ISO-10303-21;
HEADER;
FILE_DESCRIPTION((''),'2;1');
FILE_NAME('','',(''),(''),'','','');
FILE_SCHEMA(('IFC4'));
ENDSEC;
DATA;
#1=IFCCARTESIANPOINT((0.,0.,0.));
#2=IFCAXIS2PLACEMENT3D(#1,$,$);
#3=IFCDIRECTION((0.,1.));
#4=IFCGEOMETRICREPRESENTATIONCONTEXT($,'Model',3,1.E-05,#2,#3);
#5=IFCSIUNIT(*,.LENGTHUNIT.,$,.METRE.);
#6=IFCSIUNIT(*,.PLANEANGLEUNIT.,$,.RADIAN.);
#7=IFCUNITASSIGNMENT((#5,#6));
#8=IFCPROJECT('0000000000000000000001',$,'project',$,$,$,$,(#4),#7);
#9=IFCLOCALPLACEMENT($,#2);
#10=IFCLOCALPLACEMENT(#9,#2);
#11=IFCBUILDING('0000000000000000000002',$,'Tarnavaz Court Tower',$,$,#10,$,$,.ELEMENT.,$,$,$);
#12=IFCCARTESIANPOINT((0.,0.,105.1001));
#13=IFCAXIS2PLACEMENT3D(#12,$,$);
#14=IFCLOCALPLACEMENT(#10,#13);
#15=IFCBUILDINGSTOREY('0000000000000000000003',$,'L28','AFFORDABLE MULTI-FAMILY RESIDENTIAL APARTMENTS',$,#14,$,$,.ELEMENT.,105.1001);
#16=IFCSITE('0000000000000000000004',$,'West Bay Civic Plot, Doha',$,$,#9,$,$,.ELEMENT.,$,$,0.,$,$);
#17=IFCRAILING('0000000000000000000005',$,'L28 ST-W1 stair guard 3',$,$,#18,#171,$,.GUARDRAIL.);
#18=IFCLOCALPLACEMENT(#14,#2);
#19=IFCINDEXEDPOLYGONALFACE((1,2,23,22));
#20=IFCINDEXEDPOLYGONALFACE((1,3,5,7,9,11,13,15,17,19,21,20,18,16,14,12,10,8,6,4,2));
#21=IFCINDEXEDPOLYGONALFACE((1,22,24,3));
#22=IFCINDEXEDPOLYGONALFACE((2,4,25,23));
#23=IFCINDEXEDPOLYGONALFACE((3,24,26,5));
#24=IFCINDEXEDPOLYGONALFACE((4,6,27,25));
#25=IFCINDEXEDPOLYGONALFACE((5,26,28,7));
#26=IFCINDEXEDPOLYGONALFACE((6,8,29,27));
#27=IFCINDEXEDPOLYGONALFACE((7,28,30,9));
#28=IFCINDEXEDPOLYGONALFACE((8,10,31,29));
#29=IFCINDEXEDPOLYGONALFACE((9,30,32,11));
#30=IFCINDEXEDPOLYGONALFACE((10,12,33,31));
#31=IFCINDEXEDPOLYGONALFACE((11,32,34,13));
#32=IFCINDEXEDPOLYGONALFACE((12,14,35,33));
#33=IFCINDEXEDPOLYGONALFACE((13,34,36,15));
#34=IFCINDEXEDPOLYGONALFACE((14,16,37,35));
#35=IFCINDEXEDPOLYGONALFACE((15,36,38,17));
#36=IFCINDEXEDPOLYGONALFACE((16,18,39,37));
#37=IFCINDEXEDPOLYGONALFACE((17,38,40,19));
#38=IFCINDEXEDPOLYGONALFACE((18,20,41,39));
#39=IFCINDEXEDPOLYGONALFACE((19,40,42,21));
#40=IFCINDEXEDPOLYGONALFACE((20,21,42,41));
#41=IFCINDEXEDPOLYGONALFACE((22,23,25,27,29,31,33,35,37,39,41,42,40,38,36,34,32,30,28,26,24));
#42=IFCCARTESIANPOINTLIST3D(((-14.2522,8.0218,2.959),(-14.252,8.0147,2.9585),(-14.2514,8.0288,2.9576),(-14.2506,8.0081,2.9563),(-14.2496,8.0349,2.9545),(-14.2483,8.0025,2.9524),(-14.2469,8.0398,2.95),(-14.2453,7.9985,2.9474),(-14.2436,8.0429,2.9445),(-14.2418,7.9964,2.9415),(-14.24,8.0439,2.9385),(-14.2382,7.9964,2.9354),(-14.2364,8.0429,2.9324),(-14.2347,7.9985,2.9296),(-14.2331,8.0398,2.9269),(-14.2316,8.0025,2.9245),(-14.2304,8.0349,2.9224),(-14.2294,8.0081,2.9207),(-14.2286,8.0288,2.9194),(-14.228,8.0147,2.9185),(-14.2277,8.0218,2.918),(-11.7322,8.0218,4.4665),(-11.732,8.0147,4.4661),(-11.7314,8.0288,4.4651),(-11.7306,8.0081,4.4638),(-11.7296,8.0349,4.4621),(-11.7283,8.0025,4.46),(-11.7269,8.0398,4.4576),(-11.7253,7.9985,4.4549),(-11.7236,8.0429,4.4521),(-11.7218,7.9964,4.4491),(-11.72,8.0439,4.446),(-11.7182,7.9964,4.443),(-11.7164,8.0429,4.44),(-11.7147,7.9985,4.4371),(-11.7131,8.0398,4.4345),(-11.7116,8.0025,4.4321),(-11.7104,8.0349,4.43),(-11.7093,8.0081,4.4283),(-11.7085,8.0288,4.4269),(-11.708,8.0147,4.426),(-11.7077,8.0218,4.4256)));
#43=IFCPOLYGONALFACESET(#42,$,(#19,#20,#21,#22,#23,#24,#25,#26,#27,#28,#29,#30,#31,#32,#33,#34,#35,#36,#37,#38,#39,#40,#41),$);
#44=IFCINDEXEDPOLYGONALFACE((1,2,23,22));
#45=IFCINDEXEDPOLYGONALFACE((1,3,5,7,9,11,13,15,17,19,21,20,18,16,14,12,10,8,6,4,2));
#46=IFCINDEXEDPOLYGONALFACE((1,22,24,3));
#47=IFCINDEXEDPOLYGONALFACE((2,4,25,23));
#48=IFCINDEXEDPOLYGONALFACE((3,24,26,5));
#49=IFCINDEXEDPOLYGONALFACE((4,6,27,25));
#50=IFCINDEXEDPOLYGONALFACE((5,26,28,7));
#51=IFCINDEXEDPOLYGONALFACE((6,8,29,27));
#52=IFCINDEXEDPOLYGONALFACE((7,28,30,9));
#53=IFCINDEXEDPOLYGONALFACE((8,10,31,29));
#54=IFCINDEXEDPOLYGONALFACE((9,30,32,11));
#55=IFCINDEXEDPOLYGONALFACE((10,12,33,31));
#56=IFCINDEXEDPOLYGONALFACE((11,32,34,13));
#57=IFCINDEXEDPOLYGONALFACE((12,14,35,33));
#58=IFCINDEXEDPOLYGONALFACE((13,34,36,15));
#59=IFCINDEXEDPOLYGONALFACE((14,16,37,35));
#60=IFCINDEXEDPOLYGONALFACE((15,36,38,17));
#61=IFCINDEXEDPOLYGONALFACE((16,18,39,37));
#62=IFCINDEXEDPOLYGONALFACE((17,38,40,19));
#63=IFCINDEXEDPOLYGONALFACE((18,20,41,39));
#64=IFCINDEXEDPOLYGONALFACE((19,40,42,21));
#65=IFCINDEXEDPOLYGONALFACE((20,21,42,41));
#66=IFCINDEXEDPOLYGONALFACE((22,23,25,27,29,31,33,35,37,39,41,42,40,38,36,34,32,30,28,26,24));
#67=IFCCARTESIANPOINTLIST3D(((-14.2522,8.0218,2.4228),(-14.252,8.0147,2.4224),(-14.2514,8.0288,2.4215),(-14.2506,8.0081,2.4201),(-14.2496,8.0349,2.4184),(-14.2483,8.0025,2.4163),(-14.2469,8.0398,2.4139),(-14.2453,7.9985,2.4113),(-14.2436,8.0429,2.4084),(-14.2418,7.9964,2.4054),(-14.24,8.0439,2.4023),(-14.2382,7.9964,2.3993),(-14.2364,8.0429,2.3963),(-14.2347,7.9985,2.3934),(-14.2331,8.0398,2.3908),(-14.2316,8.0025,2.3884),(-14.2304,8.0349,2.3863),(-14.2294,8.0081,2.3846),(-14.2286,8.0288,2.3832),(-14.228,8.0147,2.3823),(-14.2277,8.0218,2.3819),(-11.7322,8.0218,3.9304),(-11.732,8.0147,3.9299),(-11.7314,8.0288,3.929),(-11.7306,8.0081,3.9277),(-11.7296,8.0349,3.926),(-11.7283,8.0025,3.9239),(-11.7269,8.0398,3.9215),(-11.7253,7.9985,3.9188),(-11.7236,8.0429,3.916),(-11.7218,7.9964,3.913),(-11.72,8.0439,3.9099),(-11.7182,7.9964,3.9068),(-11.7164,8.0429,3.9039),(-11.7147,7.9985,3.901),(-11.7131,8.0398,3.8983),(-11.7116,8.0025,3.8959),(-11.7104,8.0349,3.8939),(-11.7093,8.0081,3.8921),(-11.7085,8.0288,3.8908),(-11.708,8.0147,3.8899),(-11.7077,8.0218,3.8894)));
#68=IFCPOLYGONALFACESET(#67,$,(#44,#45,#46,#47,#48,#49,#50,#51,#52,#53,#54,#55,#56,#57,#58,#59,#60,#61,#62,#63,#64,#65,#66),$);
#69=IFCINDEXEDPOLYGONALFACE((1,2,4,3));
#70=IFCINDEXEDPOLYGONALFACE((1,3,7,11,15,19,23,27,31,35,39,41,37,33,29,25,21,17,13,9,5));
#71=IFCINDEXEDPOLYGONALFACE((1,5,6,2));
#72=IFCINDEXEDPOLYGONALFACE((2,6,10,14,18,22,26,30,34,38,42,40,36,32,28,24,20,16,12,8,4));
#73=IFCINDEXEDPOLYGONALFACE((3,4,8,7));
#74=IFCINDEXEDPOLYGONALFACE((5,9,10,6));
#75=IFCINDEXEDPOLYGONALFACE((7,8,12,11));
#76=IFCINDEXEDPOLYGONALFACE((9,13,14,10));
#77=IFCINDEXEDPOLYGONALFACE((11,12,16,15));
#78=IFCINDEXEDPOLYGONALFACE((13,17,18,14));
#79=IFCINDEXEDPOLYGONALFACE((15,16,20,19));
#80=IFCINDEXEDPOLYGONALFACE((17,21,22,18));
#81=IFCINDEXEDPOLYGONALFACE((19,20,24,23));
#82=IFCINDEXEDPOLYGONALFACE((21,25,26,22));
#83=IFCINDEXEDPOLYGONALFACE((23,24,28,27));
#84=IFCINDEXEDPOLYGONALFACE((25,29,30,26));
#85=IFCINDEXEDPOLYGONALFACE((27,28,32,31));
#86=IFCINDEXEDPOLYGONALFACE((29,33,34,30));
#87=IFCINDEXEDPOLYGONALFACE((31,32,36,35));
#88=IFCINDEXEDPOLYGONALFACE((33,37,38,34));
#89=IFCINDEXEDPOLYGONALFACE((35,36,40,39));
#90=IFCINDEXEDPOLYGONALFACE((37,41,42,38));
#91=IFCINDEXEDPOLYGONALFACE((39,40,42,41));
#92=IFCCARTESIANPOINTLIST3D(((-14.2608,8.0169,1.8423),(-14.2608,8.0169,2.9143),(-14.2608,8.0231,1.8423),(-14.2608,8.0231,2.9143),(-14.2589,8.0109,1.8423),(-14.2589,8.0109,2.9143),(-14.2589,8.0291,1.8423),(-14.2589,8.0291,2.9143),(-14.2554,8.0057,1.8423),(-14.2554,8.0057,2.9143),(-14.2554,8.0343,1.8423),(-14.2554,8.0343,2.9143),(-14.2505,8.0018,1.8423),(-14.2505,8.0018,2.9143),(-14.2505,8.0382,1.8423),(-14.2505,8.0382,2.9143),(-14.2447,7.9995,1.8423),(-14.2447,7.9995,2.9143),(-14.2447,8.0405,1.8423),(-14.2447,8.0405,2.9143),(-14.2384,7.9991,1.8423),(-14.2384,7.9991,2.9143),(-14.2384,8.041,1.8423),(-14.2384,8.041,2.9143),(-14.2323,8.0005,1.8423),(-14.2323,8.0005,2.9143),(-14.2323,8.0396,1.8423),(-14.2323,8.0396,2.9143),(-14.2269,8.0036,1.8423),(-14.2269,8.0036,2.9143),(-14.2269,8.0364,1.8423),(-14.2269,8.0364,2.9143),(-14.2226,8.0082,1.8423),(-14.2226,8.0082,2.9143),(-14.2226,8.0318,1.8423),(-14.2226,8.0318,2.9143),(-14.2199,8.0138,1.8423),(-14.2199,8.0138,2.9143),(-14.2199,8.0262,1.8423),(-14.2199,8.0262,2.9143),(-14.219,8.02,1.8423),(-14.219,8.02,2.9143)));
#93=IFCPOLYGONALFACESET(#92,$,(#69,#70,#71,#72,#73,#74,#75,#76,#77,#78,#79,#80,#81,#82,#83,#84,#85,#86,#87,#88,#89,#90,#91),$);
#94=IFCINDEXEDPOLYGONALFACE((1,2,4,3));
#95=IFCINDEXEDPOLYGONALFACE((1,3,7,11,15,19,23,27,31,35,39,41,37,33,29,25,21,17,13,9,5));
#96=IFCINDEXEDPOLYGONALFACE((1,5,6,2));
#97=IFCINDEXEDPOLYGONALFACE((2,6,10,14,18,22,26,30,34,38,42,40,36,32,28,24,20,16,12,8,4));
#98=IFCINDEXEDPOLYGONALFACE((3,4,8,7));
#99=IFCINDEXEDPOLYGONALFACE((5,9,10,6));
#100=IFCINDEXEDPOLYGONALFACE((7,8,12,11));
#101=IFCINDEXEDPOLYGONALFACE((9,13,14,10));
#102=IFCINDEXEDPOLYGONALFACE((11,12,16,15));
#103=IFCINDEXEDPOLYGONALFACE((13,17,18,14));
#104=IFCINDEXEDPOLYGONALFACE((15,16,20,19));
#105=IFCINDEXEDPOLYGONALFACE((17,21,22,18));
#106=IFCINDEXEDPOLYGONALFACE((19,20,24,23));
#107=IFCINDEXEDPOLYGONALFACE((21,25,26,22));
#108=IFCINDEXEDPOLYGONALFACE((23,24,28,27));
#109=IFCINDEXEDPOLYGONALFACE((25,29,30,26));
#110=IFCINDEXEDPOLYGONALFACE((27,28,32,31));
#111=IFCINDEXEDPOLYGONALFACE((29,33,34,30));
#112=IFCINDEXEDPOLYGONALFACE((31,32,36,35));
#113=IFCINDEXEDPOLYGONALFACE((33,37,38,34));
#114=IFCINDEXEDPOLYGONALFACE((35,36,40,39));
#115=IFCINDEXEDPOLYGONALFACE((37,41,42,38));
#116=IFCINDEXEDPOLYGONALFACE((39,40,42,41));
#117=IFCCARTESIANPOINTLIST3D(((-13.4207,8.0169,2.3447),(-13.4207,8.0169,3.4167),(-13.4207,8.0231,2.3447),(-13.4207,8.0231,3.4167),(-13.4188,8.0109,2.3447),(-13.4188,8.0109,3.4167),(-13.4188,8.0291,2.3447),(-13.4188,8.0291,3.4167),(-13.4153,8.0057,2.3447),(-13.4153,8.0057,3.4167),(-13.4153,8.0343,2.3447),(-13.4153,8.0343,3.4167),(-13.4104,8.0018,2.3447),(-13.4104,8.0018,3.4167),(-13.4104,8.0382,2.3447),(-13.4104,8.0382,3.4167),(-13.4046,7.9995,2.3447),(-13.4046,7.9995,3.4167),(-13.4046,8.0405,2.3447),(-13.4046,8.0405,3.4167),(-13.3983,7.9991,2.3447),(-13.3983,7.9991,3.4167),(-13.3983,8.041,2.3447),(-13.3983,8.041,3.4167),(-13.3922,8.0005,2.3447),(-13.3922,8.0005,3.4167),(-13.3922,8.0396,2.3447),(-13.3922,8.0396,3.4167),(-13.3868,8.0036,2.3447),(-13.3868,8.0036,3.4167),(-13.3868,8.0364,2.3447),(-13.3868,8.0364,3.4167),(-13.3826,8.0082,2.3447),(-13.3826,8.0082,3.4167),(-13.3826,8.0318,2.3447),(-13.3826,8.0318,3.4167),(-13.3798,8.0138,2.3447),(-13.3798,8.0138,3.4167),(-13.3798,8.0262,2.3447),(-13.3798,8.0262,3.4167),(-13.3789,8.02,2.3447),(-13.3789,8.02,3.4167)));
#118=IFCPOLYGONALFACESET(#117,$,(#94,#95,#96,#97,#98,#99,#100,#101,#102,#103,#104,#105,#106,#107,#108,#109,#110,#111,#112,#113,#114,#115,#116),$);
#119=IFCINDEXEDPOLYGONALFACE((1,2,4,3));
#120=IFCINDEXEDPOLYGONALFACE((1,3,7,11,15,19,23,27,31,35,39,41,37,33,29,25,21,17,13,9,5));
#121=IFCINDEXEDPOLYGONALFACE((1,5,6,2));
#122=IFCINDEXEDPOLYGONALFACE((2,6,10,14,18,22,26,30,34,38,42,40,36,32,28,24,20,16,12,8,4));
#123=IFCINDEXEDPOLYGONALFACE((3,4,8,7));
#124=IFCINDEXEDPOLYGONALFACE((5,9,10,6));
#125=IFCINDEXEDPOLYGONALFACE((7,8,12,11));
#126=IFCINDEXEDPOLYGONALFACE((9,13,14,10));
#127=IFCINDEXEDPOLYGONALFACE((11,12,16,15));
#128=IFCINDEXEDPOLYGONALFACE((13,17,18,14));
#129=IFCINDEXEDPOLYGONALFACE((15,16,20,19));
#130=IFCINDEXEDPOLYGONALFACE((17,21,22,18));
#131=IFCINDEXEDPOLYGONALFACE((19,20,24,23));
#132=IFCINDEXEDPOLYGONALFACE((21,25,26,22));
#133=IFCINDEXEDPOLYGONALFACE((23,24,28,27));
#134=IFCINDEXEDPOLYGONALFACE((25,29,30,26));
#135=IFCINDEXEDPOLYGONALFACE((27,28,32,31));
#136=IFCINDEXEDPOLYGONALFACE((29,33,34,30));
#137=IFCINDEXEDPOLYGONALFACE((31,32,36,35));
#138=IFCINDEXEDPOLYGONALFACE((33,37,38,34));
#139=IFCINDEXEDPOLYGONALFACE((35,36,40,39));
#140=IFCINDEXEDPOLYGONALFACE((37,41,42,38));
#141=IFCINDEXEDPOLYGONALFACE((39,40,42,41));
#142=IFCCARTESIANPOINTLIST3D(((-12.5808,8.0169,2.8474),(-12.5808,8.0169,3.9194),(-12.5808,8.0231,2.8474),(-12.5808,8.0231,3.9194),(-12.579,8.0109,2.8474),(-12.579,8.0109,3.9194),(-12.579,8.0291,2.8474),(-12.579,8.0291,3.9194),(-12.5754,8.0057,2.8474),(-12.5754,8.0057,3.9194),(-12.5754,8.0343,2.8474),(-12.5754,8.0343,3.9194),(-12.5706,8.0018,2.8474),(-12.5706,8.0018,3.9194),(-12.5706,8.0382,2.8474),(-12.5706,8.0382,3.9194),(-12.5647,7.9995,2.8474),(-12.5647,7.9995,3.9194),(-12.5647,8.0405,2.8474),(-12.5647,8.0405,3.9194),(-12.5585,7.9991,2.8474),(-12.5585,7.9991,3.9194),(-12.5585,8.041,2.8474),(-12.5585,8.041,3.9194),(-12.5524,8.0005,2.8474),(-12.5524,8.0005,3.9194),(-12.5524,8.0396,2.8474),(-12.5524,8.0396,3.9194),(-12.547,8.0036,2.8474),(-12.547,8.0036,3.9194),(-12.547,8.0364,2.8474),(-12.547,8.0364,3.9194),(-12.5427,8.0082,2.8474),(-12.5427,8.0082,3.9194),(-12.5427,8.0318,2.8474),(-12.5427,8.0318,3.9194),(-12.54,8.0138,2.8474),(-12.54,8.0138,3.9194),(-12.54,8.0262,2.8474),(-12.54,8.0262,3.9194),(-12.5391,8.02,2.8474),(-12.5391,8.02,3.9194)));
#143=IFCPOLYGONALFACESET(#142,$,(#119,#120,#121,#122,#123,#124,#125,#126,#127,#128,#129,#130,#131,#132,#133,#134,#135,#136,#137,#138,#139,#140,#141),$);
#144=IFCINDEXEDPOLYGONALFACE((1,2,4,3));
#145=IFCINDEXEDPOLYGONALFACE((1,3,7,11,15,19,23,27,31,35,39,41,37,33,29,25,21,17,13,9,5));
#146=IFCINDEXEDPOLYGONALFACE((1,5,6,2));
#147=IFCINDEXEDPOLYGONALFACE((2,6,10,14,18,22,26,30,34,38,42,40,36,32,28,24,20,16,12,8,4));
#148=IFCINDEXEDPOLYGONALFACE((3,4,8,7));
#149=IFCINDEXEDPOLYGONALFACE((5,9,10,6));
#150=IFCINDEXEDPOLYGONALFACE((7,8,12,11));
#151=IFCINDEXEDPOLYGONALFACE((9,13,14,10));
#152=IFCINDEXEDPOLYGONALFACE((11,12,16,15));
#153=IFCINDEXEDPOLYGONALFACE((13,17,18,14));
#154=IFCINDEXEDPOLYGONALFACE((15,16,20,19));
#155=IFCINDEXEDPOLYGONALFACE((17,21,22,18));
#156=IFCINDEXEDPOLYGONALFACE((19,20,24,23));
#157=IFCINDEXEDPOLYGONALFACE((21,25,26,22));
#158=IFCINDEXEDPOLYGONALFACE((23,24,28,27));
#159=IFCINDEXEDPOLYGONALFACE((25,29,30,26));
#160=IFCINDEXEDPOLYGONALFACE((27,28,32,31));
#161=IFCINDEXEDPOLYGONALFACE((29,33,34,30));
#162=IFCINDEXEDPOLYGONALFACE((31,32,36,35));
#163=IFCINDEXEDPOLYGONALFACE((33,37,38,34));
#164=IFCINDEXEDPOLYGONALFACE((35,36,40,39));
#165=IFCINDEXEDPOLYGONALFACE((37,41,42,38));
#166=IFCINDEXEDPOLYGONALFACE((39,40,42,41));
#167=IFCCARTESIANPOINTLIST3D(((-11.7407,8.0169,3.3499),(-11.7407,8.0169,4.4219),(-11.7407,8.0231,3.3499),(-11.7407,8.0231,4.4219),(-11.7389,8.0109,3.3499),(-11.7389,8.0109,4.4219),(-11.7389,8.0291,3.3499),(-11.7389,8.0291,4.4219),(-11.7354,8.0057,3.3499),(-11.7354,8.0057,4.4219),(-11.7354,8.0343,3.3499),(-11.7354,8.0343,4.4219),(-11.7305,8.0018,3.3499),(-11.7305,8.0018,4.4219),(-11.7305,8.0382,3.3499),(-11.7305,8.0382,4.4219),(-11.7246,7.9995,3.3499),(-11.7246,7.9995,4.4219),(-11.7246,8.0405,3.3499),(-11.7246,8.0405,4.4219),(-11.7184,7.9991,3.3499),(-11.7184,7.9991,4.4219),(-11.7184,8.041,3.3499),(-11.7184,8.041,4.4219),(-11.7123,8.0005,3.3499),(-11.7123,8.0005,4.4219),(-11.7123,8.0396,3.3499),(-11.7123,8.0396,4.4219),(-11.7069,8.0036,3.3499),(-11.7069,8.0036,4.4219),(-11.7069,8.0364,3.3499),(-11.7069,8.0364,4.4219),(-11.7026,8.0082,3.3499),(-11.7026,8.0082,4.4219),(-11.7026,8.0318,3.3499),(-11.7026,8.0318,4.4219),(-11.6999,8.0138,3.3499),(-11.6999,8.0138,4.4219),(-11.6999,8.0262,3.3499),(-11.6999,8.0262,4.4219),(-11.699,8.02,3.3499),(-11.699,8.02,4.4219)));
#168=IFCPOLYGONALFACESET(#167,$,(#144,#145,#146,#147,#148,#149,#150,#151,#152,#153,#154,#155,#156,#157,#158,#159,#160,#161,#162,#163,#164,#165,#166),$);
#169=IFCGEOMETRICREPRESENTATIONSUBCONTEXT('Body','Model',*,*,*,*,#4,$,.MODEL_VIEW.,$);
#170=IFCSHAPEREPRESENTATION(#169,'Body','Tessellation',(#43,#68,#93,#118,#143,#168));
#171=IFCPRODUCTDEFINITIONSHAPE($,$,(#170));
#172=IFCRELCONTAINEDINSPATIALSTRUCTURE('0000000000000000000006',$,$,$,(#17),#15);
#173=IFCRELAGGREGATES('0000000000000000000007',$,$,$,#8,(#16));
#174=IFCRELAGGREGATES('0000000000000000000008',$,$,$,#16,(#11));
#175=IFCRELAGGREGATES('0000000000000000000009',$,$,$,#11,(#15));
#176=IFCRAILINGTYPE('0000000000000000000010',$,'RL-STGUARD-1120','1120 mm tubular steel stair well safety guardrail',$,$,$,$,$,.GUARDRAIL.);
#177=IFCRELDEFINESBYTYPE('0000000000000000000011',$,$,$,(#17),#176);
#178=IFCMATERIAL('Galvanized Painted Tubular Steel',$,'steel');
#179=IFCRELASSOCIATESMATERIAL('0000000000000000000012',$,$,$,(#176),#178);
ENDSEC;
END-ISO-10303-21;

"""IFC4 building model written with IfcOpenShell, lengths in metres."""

from ifc_helpers import new_model, si_unit, direction, frame, origin, origin_2d, place, context, subcontext, project, spatial, circle, extrude, material, type_object, element, save


model = new_model("IFC4")

# Units and contexts
model_context = context("Model", 3, precision=1e-05, world=origin(), true_north=direction((0.0, 1.0)))
body_context = subcontext(model_context, "Body", "Model", "MODEL_VIEW")
ifc_project = project(units=[si_unit("LENGTHUNIT", "METRE"), si_unit("PLANEANGLEUNIT", "RADIAN")], contexts=[model_context])

# Site, building, storey
site_placement = place(None, origin())
site = spatial("IfcSite", under=ifc_project, at=site_placement, Name="West Bay Civic Plot, Doha", CompositionType="ELEMENT", RefElevation=0.0)
building_placement = place(site_placement, origin())
building = spatial("IfcBuilding", under=site, at=building_placement, Name="Tarnavaz Court Tower", CompositionType="ELEMENT")
storey_placement = place(building_placement, frame((0.0, 0.0, 105.1001)))
storey = spatial("IfcBuildingStorey", under=building, at=storey_placement, Name="L28", Description="AFFORDABLE MULTI-FAMILY RESIDENTIAL APARTMENTS", CompositionType="ELEMENT", Elevation=105.1001)

# Railing
ifc_material_1 = material(Name="Galvanized Painted Tubular Steel", Category="steel")
railing_type_1 = type_object("IfcRailingType", Name="RL-STGUARD-1120", Description="1120 mm tubular steel stair well safety guardrail", PredefinedType="GUARDRAIL", material=ifc_material_1)
railing_1_placement = place(storey_placement, frame((-14.24, 8.02, 1.8423)))
element("IfcRailing", 1, at=railing_1_placement, inside=storey, type_object=railing_type_1, Name="L28 ST-W1 stair guard 3", PredefinedType="GUARDRAIL", context=body_context, shape_type="SweptSolid", body=[
    extrude(circle(Radius=0.0239, at=origin_2d()), frame((0.0, 0.0, 1.0962), z_axis=(0.85816, 0.0, 0.513383), x_axis=(0.0, 1.0, 0.0)), (0.0, 0.0, 1.0), 2.9365),
    extrude(circle(Radius=0.0239, at=origin_2d()), frame((0.0, 0.0, 0.5601), z_axis=(0.85816, 0.0, 0.513383), x_axis=(0.0, 1.0, 0.0)), (0.0, 0.0, 1.0), 2.9365),
    extrude(circle(Radius=0.021, at=origin_2d()), origin(), (0.0, 0.0, 1.0), 1.072),
    extrude(circle(Radius=0.021, at=origin_2d()), frame((0.8401, 0.0, 0.5024)), (0.0, 0.0, 1.0), 1.072),
    extrude(circle(Radius=0.021, at=origin_2d()), frame((1.6799, 0.0, 1.0051)), (0.0, 0.0, 1.0), 1.072),
    extrude(circle(Radius=0.021, at=origin_2d()), frame((2.52, 0.0, 1.5076)), (0.0, 0.0, 1.0), 1.072),
])

save(model, "model.ifc")
